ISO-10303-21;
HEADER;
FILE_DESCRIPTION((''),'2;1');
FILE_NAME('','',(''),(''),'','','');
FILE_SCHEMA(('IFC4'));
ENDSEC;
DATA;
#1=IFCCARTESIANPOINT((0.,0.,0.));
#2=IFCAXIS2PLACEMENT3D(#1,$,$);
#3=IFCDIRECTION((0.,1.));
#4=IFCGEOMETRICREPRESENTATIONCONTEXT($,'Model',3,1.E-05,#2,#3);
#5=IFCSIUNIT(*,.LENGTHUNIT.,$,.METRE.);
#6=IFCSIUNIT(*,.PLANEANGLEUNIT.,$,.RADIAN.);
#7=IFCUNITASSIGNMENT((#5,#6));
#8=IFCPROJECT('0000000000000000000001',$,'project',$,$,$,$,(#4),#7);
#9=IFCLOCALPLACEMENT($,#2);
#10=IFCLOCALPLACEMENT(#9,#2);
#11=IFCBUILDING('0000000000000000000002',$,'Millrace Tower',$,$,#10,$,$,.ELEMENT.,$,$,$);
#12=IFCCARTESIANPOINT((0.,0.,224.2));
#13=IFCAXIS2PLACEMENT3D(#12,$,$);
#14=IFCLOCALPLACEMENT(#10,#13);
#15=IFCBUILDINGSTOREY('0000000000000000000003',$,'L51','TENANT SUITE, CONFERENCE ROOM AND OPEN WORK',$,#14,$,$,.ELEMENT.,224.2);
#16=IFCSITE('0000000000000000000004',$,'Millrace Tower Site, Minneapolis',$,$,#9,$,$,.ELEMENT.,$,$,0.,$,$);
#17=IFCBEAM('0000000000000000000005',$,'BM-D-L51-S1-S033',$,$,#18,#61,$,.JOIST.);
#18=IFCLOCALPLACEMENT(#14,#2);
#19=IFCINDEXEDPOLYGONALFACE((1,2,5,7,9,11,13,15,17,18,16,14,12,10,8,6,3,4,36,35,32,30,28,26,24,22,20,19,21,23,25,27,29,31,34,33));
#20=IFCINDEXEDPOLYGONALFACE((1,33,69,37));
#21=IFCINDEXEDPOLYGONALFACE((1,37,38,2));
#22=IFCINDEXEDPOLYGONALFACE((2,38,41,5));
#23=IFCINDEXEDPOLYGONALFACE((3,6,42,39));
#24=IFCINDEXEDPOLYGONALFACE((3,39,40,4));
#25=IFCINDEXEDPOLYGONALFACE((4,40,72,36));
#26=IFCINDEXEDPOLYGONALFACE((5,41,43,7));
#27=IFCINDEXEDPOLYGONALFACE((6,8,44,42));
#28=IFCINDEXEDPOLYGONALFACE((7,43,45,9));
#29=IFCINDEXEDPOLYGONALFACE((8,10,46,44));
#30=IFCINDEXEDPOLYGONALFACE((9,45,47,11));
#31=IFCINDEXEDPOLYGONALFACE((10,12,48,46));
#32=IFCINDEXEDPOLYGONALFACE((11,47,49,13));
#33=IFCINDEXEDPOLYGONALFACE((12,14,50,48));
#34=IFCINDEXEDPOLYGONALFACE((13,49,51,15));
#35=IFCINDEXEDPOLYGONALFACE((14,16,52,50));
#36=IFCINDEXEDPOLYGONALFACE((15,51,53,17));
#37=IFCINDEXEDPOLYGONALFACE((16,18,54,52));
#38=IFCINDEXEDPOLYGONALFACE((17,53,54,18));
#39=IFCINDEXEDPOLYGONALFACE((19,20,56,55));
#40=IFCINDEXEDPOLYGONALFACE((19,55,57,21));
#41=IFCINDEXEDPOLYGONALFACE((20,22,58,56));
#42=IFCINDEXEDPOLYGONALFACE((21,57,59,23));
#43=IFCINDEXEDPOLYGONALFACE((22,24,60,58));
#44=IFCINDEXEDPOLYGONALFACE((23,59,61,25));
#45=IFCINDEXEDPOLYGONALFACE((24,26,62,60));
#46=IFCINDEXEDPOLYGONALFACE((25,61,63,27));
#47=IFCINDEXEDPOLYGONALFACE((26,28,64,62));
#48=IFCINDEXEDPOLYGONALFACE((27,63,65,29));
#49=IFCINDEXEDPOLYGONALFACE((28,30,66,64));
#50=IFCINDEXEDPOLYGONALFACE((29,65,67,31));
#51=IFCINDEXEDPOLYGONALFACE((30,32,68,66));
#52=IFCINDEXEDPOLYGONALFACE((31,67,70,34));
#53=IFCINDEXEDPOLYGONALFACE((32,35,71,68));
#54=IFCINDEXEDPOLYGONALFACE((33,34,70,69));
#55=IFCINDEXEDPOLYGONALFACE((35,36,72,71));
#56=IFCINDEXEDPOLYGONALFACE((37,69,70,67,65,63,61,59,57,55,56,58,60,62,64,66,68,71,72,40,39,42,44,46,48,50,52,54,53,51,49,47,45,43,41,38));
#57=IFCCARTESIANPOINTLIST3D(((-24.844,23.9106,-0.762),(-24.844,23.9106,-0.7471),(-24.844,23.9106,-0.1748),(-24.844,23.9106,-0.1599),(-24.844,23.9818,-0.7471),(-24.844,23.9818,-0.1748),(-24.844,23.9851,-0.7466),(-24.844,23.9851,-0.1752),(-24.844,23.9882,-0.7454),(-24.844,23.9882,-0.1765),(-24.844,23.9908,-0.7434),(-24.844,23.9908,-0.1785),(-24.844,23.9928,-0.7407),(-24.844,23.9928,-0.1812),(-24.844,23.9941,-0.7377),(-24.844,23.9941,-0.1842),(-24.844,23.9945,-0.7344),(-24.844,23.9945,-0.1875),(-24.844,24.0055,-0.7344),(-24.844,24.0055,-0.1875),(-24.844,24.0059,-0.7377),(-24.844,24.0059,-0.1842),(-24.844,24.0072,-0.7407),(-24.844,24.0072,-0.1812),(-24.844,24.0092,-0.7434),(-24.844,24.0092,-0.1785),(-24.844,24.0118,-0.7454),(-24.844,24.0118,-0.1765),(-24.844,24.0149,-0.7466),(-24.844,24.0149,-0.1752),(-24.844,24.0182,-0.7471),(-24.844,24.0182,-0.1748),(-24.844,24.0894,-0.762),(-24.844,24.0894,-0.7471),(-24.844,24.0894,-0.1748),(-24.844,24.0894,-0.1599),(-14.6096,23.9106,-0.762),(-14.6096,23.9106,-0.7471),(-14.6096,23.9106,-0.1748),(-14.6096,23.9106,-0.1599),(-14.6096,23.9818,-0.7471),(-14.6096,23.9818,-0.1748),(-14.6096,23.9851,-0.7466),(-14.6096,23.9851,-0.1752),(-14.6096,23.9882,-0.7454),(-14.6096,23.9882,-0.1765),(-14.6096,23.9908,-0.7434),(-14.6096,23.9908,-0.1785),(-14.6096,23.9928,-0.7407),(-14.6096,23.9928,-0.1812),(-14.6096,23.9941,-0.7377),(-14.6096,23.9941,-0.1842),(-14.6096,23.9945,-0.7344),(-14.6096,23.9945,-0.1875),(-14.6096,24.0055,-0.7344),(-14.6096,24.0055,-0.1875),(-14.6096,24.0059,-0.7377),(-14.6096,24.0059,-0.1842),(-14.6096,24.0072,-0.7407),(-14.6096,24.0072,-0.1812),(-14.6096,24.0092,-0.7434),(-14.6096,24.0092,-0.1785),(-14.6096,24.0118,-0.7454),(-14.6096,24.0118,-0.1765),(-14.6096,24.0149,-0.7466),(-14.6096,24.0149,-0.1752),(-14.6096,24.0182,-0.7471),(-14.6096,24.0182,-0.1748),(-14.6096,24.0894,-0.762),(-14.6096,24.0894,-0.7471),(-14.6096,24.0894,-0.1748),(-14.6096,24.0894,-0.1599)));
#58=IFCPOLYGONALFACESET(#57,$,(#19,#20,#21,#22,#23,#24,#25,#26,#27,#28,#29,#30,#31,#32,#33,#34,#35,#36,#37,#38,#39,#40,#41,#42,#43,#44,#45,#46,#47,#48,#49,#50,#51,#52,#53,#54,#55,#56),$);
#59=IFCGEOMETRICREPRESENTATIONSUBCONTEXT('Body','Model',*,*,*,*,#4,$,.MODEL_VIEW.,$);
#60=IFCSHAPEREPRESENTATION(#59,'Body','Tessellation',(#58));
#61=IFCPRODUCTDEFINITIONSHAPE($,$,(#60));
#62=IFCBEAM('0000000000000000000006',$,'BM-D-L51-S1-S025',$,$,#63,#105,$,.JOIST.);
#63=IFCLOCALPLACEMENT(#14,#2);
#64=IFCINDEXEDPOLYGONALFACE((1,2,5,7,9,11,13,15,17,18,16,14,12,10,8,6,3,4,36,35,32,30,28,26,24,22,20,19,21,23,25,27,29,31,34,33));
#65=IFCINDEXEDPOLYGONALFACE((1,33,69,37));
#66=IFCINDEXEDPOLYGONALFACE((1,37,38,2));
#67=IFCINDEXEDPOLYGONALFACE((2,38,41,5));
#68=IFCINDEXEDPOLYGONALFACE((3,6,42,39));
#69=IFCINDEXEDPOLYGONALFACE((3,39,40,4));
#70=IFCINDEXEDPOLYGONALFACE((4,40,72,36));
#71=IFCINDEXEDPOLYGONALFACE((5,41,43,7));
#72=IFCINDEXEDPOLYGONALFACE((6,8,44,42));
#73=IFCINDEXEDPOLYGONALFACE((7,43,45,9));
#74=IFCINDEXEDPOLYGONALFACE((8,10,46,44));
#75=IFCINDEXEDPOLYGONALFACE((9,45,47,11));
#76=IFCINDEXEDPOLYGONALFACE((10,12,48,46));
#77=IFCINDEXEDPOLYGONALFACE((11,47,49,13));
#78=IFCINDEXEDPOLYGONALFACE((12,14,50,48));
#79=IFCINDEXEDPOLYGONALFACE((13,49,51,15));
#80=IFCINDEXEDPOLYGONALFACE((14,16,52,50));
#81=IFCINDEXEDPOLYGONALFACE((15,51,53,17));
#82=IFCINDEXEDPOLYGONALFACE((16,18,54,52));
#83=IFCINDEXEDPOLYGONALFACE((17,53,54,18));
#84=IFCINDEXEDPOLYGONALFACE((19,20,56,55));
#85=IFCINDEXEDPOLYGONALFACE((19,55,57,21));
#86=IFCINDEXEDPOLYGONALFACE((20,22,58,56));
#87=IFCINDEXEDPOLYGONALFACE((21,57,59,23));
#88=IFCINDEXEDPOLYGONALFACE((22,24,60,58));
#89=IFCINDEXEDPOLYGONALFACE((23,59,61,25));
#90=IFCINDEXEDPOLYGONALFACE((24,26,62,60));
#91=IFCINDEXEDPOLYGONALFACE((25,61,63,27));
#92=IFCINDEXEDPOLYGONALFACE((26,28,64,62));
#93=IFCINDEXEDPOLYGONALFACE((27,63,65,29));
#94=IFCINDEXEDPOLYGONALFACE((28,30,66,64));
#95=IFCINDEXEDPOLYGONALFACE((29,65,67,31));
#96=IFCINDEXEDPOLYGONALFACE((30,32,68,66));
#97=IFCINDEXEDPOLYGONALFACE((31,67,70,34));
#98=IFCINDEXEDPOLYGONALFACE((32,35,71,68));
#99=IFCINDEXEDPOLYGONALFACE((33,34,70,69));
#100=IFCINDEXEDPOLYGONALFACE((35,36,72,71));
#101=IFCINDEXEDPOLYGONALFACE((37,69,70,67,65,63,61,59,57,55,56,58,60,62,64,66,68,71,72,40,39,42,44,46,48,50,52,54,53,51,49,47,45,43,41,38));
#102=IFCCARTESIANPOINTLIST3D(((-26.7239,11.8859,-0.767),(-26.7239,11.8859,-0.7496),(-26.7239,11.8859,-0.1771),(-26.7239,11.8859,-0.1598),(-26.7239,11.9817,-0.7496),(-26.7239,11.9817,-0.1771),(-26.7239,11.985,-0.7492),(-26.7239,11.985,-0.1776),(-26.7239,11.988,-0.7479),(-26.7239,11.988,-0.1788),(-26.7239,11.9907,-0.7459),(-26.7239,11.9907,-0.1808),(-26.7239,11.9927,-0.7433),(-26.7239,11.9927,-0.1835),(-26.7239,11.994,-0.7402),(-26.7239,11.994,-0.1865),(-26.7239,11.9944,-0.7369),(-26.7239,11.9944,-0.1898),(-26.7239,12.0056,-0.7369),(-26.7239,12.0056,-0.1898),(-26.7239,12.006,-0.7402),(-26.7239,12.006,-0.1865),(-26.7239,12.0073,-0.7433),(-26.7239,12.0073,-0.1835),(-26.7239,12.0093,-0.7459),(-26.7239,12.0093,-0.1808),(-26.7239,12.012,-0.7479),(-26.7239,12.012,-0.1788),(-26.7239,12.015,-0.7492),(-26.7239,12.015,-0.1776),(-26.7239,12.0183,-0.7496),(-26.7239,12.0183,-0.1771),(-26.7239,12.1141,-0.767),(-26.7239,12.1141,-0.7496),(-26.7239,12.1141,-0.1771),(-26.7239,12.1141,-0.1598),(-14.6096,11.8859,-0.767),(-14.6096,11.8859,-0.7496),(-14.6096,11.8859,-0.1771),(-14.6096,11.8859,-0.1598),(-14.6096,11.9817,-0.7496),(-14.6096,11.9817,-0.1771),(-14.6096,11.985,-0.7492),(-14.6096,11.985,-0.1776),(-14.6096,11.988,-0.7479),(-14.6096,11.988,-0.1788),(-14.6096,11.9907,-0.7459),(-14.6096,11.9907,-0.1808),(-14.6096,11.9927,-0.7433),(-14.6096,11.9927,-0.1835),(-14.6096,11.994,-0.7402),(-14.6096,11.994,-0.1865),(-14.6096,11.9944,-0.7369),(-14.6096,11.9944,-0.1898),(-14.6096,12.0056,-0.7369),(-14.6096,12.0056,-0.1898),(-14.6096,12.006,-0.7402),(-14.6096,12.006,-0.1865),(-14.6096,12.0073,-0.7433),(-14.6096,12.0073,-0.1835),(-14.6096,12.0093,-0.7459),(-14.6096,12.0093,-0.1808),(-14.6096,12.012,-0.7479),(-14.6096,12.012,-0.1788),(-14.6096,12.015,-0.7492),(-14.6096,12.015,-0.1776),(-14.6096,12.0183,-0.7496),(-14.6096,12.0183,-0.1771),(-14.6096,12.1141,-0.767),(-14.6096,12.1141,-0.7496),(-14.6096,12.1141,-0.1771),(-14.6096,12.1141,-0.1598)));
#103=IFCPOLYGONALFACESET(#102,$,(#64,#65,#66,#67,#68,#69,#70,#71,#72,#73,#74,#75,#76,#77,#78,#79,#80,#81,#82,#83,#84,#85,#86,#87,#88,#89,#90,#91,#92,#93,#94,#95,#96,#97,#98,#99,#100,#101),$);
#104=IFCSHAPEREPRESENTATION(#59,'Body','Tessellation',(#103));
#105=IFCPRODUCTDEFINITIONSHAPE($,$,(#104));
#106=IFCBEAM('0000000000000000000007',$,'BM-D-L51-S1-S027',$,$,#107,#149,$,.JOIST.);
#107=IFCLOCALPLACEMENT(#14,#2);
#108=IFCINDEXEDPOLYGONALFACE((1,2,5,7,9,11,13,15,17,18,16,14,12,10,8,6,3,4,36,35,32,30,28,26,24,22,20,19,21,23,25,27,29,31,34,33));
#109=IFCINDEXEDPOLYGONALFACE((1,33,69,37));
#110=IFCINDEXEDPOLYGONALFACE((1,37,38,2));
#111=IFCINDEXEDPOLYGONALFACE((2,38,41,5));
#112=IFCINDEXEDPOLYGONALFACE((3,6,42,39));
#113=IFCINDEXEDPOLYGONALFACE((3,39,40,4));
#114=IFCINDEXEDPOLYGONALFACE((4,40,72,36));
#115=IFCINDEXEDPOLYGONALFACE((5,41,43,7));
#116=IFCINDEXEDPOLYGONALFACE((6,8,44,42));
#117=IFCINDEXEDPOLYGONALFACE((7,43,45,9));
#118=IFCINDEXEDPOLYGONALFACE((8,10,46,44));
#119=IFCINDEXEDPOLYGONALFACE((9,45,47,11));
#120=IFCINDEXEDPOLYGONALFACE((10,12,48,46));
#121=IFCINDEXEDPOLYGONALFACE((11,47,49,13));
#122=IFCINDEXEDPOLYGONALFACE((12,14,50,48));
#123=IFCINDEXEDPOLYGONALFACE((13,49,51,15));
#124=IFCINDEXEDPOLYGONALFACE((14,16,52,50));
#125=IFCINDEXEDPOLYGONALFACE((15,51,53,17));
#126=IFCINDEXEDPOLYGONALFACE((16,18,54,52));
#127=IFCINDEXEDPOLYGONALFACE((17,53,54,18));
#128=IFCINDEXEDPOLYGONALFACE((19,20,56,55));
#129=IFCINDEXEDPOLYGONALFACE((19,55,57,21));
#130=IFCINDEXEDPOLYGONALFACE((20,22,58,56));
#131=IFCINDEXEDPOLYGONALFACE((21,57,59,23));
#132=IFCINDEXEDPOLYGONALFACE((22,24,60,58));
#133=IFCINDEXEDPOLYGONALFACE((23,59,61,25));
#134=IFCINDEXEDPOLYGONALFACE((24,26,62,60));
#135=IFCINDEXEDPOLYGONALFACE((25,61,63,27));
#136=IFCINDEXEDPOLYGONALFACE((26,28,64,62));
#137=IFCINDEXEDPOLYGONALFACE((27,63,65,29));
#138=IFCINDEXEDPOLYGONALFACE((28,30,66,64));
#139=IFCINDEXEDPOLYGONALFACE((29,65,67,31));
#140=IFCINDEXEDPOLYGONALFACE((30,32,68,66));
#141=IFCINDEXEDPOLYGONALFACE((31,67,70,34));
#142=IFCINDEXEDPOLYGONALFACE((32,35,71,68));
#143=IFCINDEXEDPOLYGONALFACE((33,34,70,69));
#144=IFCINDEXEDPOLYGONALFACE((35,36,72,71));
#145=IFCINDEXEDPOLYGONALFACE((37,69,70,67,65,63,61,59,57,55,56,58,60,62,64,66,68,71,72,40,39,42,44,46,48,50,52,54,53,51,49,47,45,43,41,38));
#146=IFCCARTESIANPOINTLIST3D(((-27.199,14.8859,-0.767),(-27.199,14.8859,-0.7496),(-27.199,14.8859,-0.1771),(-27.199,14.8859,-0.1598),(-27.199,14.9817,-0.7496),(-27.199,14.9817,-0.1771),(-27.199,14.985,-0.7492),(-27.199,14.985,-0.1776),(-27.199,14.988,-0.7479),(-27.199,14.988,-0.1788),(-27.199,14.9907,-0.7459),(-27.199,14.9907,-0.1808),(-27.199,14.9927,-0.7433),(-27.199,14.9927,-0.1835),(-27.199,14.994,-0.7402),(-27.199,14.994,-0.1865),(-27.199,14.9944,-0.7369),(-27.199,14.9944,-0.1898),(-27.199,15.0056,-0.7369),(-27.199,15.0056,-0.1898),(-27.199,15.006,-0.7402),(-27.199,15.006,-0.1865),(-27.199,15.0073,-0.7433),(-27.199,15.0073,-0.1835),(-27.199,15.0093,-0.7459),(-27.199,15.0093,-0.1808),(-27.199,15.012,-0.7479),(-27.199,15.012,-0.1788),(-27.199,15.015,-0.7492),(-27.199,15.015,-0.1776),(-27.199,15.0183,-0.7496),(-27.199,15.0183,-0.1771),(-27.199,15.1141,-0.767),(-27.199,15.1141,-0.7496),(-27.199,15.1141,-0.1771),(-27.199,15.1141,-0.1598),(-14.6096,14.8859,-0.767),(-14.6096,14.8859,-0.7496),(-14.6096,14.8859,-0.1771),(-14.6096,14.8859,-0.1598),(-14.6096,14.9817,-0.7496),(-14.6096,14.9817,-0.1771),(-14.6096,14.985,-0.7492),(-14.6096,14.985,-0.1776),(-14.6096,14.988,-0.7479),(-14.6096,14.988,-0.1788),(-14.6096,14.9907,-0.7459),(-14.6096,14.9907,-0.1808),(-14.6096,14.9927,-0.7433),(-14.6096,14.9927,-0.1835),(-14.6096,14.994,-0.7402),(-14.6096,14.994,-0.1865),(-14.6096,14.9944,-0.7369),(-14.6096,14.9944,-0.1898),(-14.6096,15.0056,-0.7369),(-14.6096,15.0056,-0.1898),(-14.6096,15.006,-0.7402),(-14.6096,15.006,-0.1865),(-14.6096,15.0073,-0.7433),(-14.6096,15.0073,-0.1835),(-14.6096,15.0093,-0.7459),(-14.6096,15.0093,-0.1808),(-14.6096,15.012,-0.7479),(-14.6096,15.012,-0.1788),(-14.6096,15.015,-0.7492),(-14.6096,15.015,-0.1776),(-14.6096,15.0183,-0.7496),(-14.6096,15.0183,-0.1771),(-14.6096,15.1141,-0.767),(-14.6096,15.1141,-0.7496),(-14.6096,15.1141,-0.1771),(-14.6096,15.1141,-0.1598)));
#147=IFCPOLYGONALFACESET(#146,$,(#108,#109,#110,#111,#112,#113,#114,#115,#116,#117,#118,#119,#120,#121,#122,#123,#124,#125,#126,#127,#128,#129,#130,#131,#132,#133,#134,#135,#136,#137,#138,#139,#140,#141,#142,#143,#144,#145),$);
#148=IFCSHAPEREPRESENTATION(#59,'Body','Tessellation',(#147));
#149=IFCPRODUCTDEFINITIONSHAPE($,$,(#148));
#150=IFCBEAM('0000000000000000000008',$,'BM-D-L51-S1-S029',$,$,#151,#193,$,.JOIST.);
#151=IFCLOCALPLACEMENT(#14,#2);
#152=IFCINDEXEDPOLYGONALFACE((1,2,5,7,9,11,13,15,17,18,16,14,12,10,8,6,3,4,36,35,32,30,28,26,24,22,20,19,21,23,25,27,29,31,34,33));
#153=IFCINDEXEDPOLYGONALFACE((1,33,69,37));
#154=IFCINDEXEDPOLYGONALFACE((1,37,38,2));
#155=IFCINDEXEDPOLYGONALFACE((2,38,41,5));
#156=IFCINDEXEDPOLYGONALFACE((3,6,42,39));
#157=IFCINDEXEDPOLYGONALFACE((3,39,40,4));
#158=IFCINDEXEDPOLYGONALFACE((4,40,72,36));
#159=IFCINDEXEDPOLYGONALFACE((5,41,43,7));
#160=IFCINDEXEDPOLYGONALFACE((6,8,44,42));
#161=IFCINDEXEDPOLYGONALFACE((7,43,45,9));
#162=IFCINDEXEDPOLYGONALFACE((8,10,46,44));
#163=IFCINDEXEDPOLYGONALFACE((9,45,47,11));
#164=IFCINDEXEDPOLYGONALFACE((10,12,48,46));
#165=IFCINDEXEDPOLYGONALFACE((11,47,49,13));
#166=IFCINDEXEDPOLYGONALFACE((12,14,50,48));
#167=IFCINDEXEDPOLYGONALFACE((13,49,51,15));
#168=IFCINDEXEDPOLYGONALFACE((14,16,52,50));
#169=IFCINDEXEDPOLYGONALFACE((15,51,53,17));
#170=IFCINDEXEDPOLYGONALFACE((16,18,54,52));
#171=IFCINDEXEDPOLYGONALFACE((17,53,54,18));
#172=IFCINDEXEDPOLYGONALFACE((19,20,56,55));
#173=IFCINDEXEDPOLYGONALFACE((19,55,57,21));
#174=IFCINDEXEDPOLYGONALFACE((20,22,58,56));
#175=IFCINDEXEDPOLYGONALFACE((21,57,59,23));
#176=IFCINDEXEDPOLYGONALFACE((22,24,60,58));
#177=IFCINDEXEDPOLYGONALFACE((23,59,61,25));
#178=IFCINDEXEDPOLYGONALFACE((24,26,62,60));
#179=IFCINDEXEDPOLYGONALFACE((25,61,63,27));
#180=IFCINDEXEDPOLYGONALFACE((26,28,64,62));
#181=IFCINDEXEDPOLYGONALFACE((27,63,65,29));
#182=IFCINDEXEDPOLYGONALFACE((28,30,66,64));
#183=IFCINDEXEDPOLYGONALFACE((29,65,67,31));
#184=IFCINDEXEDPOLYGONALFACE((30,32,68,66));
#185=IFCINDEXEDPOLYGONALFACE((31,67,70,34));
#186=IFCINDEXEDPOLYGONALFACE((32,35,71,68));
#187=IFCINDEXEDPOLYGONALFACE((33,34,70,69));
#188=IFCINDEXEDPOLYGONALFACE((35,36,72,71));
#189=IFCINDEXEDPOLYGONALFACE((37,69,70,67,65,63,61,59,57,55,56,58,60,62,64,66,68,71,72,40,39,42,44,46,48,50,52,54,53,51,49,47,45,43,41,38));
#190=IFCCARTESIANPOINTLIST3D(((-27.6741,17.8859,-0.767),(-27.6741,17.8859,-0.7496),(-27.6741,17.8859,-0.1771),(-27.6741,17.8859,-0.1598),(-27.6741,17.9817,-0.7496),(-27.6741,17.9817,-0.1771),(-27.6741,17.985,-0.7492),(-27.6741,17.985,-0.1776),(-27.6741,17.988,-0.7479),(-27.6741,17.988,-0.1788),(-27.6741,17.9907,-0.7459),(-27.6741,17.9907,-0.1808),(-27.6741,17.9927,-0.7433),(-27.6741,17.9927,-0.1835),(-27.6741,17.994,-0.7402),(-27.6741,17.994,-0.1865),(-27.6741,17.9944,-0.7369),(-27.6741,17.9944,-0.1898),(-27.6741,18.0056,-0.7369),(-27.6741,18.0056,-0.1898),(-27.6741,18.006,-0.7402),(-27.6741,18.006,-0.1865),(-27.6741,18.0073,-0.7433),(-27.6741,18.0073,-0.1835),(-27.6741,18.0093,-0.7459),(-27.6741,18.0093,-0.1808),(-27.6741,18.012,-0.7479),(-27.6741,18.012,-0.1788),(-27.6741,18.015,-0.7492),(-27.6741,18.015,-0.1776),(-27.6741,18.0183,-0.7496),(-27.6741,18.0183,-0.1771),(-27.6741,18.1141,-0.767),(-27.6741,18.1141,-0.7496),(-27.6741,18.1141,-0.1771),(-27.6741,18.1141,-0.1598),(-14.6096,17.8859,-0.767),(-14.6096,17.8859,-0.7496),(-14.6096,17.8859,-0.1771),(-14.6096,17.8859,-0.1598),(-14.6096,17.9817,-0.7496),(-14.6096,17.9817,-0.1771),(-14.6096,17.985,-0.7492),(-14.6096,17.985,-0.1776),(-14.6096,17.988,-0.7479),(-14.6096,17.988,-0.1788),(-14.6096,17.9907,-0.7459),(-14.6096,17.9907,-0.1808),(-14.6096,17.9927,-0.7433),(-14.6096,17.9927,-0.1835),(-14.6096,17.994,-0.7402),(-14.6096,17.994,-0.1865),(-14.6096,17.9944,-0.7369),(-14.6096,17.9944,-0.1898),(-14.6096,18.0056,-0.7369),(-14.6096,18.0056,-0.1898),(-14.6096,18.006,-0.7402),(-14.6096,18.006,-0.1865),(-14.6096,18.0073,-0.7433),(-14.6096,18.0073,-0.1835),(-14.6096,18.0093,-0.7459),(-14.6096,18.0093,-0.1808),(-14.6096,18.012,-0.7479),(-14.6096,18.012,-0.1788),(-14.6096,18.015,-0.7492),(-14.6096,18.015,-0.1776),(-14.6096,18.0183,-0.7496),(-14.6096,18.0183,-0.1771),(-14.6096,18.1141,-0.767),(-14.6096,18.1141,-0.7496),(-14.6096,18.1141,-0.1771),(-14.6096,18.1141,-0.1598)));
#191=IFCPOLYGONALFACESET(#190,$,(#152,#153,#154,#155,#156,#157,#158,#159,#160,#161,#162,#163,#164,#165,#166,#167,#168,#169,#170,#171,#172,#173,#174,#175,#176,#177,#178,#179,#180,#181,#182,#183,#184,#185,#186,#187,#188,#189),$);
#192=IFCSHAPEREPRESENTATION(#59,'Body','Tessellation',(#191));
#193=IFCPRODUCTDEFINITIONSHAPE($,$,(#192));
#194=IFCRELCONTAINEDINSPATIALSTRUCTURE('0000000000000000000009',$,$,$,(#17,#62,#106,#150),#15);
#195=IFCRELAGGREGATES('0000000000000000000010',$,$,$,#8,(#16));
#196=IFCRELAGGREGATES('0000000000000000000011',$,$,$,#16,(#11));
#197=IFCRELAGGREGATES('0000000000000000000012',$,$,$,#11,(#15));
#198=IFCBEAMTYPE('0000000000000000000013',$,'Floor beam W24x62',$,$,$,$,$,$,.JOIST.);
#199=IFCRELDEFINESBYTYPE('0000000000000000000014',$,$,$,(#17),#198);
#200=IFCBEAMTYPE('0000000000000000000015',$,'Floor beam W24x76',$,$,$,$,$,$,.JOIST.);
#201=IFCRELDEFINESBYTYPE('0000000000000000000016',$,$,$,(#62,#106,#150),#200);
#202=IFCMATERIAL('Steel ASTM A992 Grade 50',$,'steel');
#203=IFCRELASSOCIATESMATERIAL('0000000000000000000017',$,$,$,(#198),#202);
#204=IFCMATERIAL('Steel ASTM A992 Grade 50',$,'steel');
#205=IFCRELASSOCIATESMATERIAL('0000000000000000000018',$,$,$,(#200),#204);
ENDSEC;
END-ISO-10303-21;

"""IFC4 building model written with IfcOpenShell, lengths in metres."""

from ifc_helpers import new_model, si_unit, direction, frame, origin, origin_2d, place, context, subcontext, project, spatial, i_section, extrude, material, material_profile, profile_set, type_object, element, save


model = new_model("IFC4")

# Units and contexts
model_context = context("Model", 3, precision=1e-05, world=origin(), true_north=direction((0.0, 1.0)))
body_context = subcontext(model_context, "Body", "Model", "MODEL_VIEW")
ifc_project = project(units=[si_unit("LENGTHUNIT", "METRE"), si_unit("PLANEANGLEUNIT", "RADIAN")], contexts=[model_context])

# Site, building, storey
site_placement = place(None, origin())
site = spatial("IfcSite", under=ifc_project, at=site_placement, Name="Millrace Tower Site, Minneapolis", CompositionType="ELEMENT", RefElevation=0.0)
building_placement = place(site_placement, origin())
building = spatial("IfcBuilding", under=site, at=building_placement, Name="Millrace Tower", CompositionType="ELEMENT")
storey_placement = place(building_placement, frame((0.0, 0.0, 224.2)))
storey = spatial("IfcBuildingStorey", under=building, at=storey_placement, Name="L51", Description="TENANT SUITE, CONFERENCE ROOM AND OPEN WORK", CompositionType="ELEMENT", Elevation=224.2)

# Beams
ifc_material_1 = material(Name="Steel ASTM A992 Grade 50", Category="steel")
ifc_material_profile_1 = material_profile(ifc_material_1, i_section(OverallWidth=0.1787, OverallDepth=0.6021, WebThickness=0.011, FlangeThickness=0.0149, FilletRadius=0.0127, at=origin_2d()))
ifc_profile_set_1 = profile_set([ifc_material_profile_1], Name="Steel ASTM A992 Grade 50")
beam_type_1 = type_object("IfcBeamType", Name="Floor beam W24x62", PredefinedType="JOIST", material=ifc_profile_set_1)
beam_1_placement = place(storey_placement, frame((-24.844, 24.0, -0.4609), z_axis=(1.0, 0.0, 0.0), x_axis=(0.0, 1.0, 0.0)))
element("IfcBeam", 1, at=beam_1_placement, inside=storey, type_object=beam_type_1, Name="BM-D-L51-S1-S033", PredefinedType="JOIST", context=body_context, shape_type="SweptSolid", body=[
    extrude(i_section(OverallWidth=0.1787, OverallDepth=0.6021, WebThickness=0.011, FlangeThickness=0.0149, FilletRadius=0.0127, at=origin_2d()), origin(), (0.0, 0.0, 1.0), 10.2344),
])
ifc_material_2 = material(Name="Steel ASTM A992 Grade 50", Category="steel")
ifc_material_profile_2 = material_profile(ifc_material_2, i_section(OverallWidth=0.2283, OverallDepth=0.6072, WebThickness=0.0112, FlangeThickness=0.0173, FilletRadius=0.0127, at=origin_2d()))
ifc_profile_set_2 = profile_set([ifc_material_profile_2], Name="Steel ASTM A992 Grade 50")
beam_type_2 = type_object("IfcBeamType", Name="Floor beam W24x76", PredefinedType="JOIST", material=ifc_profile_set_2)
beam_2_placement = place(storey_placement, frame((-26.7239, 12.0, -0.4634), z_axis=(1.0, 0.0, 0.0), x_axis=(0.0, 1.0, 0.0)))
element("IfcBeam", 2, at=beam_2_placement, inside=storey, type_object=beam_type_2, Name="BM-D-L51-S1-S025", PredefinedType="JOIST", context=body_context, shape_type="SweptSolid", body=[
    extrude(i_section(OverallWidth=0.2283, OverallDepth=0.6072, WebThickness=0.0112, FlangeThickness=0.0173, FilletRadius=0.0127, at=origin_2d()), origin(), (0.0, 0.0, 1.0), 12.1143),
])
beam_3_placement = place(storey_placement, frame((-27.199, 15.0, -0.4634), z_axis=(1.0, 0.0, 0.0), x_axis=(0.0, 1.0, 0.0)))
element("IfcBeam", 3, at=beam_3_placement, inside=storey, type_object=beam_type_2, Name="BM-D-L51-S1-S027", PredefinedType="JOIST", context=body_context, shape_type="SweptSolid", body=[
    extrude(i_section(OverallWidth=0.2283, OverallDepth=0.6072, WebThickness=0.0112, FlangeThickness=0.0173, FilletRadius=0.0127, at=origin_2d()), origin(), (0.0, 0.0, 1.0), 12.5894),
])
beam_4_placement = place(storey_placement, frame((-27.6741, 18.0, -0.4634), z_axis=(1.0, 0.0, 0.0), x_axis=(0.0, 1.0, 0.0)))
element("IfcBeam", 4, at=beam_4_placement, inside=storey, type_object=beam_type_2, Name="BM-D-L51-S1-S029", PredefinedType="JOIST", context=body_context, shape_type="SweptSolid", body=[
    extrude(i_section(OverallWidth=0.2283, OverallDepth=0.6072, WebThickness=0.0112, FlangeThickness=0.0173, FilletRadius=0.0127, at=origin_2d()), origin(), (0.0, 0.0, 1.0), 13.0645),
])

save(model, "model.ifc")
